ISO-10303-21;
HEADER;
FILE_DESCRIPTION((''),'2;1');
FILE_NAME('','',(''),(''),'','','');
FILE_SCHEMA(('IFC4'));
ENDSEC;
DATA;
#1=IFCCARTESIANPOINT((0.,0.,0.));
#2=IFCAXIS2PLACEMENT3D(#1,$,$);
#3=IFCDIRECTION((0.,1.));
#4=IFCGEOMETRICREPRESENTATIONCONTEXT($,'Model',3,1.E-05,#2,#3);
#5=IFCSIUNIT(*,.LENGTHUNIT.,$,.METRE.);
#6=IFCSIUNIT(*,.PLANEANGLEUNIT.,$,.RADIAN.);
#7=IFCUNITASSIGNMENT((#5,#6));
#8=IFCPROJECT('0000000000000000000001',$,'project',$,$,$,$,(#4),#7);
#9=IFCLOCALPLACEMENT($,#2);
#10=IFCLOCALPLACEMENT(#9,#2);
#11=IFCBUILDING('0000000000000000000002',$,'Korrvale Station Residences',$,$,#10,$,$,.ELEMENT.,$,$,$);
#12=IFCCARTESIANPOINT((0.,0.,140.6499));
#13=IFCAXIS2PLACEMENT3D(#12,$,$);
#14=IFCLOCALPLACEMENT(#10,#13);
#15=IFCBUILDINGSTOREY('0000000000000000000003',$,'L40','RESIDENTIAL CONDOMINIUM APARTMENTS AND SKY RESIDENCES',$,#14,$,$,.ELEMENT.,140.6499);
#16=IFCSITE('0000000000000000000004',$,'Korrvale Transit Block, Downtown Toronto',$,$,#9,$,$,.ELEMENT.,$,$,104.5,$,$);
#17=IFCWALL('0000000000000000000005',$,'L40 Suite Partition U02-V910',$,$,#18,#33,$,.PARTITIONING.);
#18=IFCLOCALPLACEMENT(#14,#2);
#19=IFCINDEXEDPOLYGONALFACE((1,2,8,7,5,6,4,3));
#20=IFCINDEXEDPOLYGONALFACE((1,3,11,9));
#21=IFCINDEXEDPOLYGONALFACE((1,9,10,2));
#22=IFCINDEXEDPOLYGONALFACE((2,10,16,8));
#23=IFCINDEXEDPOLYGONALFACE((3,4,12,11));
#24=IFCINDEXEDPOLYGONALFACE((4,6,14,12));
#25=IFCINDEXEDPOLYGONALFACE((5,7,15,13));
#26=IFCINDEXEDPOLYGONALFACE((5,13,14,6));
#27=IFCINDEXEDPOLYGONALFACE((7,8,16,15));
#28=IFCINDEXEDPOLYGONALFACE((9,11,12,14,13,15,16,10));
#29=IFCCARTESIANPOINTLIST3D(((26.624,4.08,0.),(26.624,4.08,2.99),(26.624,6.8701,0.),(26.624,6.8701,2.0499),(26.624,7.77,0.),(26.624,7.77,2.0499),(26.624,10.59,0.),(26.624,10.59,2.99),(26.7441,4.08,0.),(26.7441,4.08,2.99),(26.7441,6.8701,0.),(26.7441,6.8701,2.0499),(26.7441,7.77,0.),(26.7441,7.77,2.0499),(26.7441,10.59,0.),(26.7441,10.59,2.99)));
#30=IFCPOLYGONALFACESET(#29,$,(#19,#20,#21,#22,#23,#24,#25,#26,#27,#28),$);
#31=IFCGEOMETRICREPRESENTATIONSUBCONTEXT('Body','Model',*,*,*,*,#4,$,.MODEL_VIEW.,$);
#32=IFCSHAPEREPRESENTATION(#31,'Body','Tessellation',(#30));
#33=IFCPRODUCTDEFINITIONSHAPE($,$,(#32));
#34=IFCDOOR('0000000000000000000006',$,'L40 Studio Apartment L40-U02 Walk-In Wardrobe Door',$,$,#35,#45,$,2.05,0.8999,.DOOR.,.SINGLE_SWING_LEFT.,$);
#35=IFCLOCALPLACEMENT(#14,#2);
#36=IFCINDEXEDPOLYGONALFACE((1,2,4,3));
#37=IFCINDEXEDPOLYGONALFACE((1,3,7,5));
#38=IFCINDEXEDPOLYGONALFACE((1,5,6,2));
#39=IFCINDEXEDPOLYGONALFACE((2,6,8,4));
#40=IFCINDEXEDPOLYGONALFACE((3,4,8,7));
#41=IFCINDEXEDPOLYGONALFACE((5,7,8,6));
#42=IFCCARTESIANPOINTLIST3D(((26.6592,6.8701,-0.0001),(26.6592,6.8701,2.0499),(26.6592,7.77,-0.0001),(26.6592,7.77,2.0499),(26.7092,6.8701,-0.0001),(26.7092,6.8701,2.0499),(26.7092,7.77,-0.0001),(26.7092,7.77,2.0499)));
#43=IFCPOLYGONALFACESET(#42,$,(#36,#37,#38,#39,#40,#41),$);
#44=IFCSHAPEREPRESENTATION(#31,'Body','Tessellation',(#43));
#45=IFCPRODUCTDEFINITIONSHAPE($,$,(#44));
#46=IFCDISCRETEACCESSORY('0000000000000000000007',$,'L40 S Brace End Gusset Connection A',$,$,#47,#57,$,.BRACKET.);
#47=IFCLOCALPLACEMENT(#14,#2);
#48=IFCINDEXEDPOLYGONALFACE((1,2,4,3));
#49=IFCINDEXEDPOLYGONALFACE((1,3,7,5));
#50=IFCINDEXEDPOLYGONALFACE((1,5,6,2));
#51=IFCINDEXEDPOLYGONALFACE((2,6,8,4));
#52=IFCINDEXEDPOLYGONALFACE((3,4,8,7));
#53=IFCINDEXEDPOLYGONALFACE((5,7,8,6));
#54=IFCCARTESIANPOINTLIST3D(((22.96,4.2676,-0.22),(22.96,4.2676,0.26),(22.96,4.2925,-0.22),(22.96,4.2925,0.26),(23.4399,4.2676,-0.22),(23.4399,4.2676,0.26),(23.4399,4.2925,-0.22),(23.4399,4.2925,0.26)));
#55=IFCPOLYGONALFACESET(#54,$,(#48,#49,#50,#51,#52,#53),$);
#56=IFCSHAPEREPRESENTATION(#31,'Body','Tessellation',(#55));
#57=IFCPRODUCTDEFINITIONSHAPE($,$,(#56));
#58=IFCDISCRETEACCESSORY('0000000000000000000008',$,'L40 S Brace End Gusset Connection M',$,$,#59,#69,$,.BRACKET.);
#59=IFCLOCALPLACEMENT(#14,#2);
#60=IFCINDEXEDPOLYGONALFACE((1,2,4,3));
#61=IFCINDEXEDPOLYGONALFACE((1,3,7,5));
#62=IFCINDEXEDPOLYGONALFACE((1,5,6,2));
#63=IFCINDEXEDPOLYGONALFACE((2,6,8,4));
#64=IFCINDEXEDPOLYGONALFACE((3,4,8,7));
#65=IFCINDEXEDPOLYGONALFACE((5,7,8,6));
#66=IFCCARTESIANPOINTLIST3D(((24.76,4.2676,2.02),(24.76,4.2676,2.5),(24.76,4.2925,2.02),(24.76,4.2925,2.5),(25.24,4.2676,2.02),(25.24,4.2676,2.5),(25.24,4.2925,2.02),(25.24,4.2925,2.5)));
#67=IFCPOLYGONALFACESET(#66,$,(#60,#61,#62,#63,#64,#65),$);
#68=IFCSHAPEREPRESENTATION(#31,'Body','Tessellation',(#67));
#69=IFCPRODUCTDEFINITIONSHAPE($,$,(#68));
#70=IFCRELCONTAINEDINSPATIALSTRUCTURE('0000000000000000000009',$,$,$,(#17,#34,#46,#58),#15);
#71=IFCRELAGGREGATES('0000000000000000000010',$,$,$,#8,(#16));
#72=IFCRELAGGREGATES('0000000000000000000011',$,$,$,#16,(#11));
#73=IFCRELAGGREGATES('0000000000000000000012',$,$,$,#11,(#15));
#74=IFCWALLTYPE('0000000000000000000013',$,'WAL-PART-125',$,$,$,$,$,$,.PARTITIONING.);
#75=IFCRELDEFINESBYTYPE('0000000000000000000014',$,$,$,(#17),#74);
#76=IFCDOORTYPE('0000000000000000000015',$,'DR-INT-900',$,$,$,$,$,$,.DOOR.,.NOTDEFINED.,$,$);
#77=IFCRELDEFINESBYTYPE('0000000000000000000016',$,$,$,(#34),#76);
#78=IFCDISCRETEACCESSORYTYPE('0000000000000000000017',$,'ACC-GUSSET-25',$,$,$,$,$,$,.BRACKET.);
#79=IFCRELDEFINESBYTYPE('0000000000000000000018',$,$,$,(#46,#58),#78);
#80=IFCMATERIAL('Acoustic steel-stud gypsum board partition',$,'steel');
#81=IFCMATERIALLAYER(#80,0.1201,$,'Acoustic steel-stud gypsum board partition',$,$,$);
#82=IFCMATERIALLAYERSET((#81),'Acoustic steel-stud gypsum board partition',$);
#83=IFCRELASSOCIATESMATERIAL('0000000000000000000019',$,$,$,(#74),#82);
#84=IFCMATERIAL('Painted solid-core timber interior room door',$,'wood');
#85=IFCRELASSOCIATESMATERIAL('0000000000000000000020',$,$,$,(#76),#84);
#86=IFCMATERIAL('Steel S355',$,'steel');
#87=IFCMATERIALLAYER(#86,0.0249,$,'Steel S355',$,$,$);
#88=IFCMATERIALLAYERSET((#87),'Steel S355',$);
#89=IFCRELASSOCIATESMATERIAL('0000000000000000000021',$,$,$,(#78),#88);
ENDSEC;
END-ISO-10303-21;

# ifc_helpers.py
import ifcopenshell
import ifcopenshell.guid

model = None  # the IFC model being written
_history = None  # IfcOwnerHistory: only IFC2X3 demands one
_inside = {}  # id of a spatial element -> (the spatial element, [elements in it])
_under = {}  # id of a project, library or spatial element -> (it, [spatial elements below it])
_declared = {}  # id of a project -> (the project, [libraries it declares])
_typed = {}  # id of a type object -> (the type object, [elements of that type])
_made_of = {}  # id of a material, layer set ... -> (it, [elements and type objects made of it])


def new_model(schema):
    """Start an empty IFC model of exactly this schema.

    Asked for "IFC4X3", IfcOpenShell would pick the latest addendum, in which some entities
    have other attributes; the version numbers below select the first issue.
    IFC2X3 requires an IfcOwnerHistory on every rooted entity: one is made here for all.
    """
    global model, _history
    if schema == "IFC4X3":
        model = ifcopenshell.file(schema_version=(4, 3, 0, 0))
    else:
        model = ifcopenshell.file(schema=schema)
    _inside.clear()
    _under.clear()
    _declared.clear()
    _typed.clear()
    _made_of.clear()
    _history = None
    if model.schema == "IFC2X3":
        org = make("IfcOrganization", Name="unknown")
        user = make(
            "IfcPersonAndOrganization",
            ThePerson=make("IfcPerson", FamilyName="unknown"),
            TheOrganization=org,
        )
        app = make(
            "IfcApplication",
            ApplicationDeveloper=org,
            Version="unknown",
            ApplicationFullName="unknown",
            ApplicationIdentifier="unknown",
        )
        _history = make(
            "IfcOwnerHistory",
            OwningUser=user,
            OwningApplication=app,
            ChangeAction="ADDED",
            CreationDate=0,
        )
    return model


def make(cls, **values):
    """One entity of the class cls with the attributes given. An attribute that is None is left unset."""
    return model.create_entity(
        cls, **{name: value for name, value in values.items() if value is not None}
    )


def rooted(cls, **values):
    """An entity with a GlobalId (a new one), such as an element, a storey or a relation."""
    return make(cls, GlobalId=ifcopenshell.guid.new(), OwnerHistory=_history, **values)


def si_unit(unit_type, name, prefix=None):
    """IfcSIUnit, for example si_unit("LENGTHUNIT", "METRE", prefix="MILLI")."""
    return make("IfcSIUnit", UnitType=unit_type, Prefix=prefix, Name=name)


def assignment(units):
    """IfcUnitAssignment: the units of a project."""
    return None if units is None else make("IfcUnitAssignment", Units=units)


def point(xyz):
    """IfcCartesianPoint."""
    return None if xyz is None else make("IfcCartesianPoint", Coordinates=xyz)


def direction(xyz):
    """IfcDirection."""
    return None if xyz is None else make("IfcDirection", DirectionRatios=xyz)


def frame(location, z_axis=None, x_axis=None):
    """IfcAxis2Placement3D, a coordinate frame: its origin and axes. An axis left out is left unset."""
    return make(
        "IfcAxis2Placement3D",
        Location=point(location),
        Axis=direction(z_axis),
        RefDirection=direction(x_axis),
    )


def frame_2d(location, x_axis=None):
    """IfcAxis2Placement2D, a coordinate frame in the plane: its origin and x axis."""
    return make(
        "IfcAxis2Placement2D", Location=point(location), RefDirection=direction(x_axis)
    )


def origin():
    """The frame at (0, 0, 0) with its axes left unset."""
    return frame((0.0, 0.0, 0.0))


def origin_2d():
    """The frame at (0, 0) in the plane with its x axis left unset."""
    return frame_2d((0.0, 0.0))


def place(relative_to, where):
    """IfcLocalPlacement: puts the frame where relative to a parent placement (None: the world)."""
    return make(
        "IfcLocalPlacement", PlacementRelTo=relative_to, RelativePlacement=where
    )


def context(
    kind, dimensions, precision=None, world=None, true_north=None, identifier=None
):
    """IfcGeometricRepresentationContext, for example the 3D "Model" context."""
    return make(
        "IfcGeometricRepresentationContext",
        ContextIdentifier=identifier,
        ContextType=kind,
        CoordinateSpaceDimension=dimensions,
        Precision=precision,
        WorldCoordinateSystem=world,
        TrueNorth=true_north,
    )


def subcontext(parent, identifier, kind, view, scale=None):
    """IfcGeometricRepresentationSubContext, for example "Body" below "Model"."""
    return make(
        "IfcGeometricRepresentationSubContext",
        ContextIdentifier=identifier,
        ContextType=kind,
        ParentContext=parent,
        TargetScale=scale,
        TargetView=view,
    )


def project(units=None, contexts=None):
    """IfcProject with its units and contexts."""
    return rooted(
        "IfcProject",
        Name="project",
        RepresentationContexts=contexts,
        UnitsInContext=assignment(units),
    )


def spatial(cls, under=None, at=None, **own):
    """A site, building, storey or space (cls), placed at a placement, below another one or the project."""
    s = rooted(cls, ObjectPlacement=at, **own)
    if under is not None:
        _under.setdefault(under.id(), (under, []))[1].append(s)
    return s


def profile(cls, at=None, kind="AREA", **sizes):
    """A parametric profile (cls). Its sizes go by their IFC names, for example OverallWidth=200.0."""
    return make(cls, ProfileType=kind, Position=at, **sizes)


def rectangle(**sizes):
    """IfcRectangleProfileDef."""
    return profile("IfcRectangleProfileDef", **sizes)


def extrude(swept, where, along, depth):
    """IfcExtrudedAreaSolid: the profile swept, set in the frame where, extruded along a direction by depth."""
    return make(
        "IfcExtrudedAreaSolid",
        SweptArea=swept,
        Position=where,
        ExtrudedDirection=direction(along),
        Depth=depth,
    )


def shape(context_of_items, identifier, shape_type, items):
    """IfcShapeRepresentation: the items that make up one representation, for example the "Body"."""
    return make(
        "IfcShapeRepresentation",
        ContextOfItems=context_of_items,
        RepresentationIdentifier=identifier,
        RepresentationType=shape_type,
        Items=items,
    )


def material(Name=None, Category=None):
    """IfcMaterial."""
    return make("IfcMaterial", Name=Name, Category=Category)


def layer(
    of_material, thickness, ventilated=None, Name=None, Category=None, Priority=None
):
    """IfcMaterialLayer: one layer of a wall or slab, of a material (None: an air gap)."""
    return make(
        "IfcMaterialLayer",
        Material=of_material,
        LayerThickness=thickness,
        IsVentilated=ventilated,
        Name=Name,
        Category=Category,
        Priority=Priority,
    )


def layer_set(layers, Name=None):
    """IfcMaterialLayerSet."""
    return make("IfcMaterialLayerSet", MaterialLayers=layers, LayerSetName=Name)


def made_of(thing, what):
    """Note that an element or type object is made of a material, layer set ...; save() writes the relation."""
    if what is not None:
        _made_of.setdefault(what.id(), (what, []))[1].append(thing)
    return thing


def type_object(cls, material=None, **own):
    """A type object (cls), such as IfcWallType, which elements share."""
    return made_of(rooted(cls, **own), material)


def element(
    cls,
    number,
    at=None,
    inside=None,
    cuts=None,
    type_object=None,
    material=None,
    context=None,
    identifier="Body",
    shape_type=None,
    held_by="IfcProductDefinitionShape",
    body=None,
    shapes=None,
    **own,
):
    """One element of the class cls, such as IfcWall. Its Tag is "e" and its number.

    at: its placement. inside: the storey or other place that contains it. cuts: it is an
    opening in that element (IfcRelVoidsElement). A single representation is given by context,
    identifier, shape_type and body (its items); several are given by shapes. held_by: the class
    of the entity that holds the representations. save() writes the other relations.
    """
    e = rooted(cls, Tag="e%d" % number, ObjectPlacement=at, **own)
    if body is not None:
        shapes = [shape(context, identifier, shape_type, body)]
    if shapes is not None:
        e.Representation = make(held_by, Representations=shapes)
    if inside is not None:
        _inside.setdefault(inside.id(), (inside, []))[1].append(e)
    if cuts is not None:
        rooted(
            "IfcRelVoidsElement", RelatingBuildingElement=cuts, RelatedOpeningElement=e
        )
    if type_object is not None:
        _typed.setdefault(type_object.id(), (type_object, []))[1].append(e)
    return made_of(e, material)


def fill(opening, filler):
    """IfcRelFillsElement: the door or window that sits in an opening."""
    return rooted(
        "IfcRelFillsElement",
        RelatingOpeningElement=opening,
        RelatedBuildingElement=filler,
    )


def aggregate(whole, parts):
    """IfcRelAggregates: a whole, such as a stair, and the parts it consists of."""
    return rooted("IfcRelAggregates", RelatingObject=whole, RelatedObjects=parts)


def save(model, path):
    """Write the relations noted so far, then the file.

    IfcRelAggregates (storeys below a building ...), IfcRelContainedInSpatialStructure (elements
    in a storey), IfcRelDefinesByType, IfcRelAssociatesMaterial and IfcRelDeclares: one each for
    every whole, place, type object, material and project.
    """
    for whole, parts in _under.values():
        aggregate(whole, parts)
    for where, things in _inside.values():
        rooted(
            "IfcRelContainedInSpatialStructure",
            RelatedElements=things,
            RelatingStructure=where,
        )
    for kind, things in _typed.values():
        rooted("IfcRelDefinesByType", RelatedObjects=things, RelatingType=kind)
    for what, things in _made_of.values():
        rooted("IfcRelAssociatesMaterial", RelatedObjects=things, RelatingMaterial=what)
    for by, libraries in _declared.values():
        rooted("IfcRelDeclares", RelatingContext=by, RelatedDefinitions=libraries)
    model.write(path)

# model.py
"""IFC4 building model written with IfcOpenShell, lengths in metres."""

from ifc_helpers import new_model, si_unit, direction, frame, frame_2d, origin, origin_2d, place, context, subcontext, project, spatial, rectangle, extrude, material, layer, layer_set, type_object, element, fill, save


model = new_model("IFC4")

# Units and contexts
model_context = context("Model", 3, precision=1e-05, world=origin(), true_north=direction((0.0, 1.0)))
body_context = subcontext(model_context, "Body", "Model", "MODEL_VIEW")
ifc_project = project(units=[si_unit("LENGTHUNIT", "METRE"), si_unit("PLANEANGLEUNIT", "RADIAN")], contexts=[model_context])

# Site, building, storey
site_placement = place(None, origin())
site = spatial("IfcSite", under=ifc_project, at=site_placement, Name="Korrvale Transit Block, Downtown Toronto", CompositionType="ELEMENT", RefElevation=104.5)
building_placement = place(site_placement, origin())
building = spatial("IfcBuilding", under=site, at=building_placement, Name="Korrvale Station Residences", CompositionType="ELEMENT")
storey_placement = place(building_placement, frame((0.0, 0.0, 140.6499)))
storey = spatial("IfcBuildingStorey", under=building, at=storey_placement, Name="L40", Description="RESIDENTIAL CONDOMINIUM APARTMENTS AND SKY RESIDENCES", CompositionType="ELEMENT", Elevation=140.6499)

# Shared definitions
ifc_material_1 = material(Name="Acoustic steel-stud gypsum board partition", Category="steel")
ifc_layer_1 = layer(ifc_material_1, 0.1201, Name="Acoustic steel-stud gypsum board partition")
ifc_layer_set_1 = layer_set([ifc_layer_1], Name="Acoustic steel-stud gypsum board partition")
wall_type = type_object("IfcWallType", Name="WAL-PART-125", PredefinedType="PARTITIONING", material=ifc_layer_set_1)
ifc_material_2 = material(Name="Painted solid-core timber interior room door", Category="wood")
door_type = type_object("IfcDoorType", Name="DR-INT-900", OperationType="NOTDEFINED", PredefinedType="DOOR", material=ifc_material_2)

# Wall, opening, door
wall_1_placement = place(storey_placement, frame((26.6841, 4.0801, 0.0), z_axis=(0.0, 0.0, 1.0), x_axis=(0.0, 1.0, 0.0)))
wall_1 = element("IfcWall", 1, at=wall_1_placement, inside=storey, type_object=wall_type, Name="L40 Suite Partition U02-V910", PredefinedType="PARTITIONING", context=body_context, shape_type="SweptSolid", body=[
    extrude(rectangle(XDim=6.51, YDim=0.1201, at=frame_2d((3.2549, 0.0))), origin(), (0.0, 0.0, 1.0), 2.99),
])
opening_1_placement = place(wall_1_placement, frame((2.79, 0.0, 0.0)))
opening_1 = element("IfcOpeningElement", 2, at=opening_1_placement, cuts=wall_1, PredefinedType="OPENING", context=body_context, shape_type="SweptSolid", body=[
    extrude(rectangle(XDim=0.8999, YDim=2.05, at=frame_2d((0.45, 1.0249))), frame((0.0, 0.0701, 0.0), z_axis=(0.0, -1.0, 0.0), x_axis=(1.0, 0.0, 0.0)), (0.0, 0.0, 1.0), 0.1401),
])
door_1_placement = place(opening_1_placement, origin())
door_1 = element("IfcDoor", 3, at=door_1_placement, inside=storey, type_object=door_type, Name="L40 Studio Apartment L40-U02 Walk-In Wardrobe Door", OperationType="SINGLE_SWING_LEFT", OverallHeight=2.05, OverallWidth=0.8999, PredefinedType="DOOR", context=body_context, shape_type="SweptSolid", body=[
    extrude(rectangle(XDim=0.8999, YDim=2.05, at=frame_2d((0.45, 1.0249))), frame((0.0, 0.0249, 0.0), z_axis=(0.0, -1.0, 0.0), x_axis=(1.0, 0.0, 0.0)), (0.0, 0.0, 1.0), 0.05),
])
fill(opening_1, door_1)

# Discrete accessories
ifc_material_3 = material(Name="Steel S355", Category="steel")
ifc_layer_2 = layer(ifc_material_3, 0.0249, Name="Steel S355")
ifc_layer_set_2 = layer_set([ifc_layer_2], Name="Steel S355")
discrete_accessory_type = type_object("IfcDiscreteAccessoryType", Name="ACC-GUSSET-25", PredefinedType="BRACKET", material=ifc_layer_set_2)
for number, where, z_axis, x_axis, name in (
    (4, (23.2, 4.28, -0.22), (0.0, 0.0, 1.0), (1.0, 0.0, 0.0), "L40 S Brace End Gusset Connection A"),
    (5, (25.0, 4.28, 2.02), (0.0, 0.0, 1.0), (1.0, 0.0, 0.0), "L40 S Brace End Gusset Connection M"),
):
    element("IfcDiscreteAccessory", number, at=place(storey_placement, frame(where, z_axis=z_axis, x_axis=x_axis)), inside=storey, type_object=discrete_accessory_type, Name=name, PredefinedType="BRACKET", context=body_context, shape_type="SweptSolid", body=[
        extrude(rectangle(XDim=0.48, YDim=0.0249, at=origin_2d()), origin(), (0.0, 0.0, 1.0), 0.48),
    ])

save(model, "model.ifc")
